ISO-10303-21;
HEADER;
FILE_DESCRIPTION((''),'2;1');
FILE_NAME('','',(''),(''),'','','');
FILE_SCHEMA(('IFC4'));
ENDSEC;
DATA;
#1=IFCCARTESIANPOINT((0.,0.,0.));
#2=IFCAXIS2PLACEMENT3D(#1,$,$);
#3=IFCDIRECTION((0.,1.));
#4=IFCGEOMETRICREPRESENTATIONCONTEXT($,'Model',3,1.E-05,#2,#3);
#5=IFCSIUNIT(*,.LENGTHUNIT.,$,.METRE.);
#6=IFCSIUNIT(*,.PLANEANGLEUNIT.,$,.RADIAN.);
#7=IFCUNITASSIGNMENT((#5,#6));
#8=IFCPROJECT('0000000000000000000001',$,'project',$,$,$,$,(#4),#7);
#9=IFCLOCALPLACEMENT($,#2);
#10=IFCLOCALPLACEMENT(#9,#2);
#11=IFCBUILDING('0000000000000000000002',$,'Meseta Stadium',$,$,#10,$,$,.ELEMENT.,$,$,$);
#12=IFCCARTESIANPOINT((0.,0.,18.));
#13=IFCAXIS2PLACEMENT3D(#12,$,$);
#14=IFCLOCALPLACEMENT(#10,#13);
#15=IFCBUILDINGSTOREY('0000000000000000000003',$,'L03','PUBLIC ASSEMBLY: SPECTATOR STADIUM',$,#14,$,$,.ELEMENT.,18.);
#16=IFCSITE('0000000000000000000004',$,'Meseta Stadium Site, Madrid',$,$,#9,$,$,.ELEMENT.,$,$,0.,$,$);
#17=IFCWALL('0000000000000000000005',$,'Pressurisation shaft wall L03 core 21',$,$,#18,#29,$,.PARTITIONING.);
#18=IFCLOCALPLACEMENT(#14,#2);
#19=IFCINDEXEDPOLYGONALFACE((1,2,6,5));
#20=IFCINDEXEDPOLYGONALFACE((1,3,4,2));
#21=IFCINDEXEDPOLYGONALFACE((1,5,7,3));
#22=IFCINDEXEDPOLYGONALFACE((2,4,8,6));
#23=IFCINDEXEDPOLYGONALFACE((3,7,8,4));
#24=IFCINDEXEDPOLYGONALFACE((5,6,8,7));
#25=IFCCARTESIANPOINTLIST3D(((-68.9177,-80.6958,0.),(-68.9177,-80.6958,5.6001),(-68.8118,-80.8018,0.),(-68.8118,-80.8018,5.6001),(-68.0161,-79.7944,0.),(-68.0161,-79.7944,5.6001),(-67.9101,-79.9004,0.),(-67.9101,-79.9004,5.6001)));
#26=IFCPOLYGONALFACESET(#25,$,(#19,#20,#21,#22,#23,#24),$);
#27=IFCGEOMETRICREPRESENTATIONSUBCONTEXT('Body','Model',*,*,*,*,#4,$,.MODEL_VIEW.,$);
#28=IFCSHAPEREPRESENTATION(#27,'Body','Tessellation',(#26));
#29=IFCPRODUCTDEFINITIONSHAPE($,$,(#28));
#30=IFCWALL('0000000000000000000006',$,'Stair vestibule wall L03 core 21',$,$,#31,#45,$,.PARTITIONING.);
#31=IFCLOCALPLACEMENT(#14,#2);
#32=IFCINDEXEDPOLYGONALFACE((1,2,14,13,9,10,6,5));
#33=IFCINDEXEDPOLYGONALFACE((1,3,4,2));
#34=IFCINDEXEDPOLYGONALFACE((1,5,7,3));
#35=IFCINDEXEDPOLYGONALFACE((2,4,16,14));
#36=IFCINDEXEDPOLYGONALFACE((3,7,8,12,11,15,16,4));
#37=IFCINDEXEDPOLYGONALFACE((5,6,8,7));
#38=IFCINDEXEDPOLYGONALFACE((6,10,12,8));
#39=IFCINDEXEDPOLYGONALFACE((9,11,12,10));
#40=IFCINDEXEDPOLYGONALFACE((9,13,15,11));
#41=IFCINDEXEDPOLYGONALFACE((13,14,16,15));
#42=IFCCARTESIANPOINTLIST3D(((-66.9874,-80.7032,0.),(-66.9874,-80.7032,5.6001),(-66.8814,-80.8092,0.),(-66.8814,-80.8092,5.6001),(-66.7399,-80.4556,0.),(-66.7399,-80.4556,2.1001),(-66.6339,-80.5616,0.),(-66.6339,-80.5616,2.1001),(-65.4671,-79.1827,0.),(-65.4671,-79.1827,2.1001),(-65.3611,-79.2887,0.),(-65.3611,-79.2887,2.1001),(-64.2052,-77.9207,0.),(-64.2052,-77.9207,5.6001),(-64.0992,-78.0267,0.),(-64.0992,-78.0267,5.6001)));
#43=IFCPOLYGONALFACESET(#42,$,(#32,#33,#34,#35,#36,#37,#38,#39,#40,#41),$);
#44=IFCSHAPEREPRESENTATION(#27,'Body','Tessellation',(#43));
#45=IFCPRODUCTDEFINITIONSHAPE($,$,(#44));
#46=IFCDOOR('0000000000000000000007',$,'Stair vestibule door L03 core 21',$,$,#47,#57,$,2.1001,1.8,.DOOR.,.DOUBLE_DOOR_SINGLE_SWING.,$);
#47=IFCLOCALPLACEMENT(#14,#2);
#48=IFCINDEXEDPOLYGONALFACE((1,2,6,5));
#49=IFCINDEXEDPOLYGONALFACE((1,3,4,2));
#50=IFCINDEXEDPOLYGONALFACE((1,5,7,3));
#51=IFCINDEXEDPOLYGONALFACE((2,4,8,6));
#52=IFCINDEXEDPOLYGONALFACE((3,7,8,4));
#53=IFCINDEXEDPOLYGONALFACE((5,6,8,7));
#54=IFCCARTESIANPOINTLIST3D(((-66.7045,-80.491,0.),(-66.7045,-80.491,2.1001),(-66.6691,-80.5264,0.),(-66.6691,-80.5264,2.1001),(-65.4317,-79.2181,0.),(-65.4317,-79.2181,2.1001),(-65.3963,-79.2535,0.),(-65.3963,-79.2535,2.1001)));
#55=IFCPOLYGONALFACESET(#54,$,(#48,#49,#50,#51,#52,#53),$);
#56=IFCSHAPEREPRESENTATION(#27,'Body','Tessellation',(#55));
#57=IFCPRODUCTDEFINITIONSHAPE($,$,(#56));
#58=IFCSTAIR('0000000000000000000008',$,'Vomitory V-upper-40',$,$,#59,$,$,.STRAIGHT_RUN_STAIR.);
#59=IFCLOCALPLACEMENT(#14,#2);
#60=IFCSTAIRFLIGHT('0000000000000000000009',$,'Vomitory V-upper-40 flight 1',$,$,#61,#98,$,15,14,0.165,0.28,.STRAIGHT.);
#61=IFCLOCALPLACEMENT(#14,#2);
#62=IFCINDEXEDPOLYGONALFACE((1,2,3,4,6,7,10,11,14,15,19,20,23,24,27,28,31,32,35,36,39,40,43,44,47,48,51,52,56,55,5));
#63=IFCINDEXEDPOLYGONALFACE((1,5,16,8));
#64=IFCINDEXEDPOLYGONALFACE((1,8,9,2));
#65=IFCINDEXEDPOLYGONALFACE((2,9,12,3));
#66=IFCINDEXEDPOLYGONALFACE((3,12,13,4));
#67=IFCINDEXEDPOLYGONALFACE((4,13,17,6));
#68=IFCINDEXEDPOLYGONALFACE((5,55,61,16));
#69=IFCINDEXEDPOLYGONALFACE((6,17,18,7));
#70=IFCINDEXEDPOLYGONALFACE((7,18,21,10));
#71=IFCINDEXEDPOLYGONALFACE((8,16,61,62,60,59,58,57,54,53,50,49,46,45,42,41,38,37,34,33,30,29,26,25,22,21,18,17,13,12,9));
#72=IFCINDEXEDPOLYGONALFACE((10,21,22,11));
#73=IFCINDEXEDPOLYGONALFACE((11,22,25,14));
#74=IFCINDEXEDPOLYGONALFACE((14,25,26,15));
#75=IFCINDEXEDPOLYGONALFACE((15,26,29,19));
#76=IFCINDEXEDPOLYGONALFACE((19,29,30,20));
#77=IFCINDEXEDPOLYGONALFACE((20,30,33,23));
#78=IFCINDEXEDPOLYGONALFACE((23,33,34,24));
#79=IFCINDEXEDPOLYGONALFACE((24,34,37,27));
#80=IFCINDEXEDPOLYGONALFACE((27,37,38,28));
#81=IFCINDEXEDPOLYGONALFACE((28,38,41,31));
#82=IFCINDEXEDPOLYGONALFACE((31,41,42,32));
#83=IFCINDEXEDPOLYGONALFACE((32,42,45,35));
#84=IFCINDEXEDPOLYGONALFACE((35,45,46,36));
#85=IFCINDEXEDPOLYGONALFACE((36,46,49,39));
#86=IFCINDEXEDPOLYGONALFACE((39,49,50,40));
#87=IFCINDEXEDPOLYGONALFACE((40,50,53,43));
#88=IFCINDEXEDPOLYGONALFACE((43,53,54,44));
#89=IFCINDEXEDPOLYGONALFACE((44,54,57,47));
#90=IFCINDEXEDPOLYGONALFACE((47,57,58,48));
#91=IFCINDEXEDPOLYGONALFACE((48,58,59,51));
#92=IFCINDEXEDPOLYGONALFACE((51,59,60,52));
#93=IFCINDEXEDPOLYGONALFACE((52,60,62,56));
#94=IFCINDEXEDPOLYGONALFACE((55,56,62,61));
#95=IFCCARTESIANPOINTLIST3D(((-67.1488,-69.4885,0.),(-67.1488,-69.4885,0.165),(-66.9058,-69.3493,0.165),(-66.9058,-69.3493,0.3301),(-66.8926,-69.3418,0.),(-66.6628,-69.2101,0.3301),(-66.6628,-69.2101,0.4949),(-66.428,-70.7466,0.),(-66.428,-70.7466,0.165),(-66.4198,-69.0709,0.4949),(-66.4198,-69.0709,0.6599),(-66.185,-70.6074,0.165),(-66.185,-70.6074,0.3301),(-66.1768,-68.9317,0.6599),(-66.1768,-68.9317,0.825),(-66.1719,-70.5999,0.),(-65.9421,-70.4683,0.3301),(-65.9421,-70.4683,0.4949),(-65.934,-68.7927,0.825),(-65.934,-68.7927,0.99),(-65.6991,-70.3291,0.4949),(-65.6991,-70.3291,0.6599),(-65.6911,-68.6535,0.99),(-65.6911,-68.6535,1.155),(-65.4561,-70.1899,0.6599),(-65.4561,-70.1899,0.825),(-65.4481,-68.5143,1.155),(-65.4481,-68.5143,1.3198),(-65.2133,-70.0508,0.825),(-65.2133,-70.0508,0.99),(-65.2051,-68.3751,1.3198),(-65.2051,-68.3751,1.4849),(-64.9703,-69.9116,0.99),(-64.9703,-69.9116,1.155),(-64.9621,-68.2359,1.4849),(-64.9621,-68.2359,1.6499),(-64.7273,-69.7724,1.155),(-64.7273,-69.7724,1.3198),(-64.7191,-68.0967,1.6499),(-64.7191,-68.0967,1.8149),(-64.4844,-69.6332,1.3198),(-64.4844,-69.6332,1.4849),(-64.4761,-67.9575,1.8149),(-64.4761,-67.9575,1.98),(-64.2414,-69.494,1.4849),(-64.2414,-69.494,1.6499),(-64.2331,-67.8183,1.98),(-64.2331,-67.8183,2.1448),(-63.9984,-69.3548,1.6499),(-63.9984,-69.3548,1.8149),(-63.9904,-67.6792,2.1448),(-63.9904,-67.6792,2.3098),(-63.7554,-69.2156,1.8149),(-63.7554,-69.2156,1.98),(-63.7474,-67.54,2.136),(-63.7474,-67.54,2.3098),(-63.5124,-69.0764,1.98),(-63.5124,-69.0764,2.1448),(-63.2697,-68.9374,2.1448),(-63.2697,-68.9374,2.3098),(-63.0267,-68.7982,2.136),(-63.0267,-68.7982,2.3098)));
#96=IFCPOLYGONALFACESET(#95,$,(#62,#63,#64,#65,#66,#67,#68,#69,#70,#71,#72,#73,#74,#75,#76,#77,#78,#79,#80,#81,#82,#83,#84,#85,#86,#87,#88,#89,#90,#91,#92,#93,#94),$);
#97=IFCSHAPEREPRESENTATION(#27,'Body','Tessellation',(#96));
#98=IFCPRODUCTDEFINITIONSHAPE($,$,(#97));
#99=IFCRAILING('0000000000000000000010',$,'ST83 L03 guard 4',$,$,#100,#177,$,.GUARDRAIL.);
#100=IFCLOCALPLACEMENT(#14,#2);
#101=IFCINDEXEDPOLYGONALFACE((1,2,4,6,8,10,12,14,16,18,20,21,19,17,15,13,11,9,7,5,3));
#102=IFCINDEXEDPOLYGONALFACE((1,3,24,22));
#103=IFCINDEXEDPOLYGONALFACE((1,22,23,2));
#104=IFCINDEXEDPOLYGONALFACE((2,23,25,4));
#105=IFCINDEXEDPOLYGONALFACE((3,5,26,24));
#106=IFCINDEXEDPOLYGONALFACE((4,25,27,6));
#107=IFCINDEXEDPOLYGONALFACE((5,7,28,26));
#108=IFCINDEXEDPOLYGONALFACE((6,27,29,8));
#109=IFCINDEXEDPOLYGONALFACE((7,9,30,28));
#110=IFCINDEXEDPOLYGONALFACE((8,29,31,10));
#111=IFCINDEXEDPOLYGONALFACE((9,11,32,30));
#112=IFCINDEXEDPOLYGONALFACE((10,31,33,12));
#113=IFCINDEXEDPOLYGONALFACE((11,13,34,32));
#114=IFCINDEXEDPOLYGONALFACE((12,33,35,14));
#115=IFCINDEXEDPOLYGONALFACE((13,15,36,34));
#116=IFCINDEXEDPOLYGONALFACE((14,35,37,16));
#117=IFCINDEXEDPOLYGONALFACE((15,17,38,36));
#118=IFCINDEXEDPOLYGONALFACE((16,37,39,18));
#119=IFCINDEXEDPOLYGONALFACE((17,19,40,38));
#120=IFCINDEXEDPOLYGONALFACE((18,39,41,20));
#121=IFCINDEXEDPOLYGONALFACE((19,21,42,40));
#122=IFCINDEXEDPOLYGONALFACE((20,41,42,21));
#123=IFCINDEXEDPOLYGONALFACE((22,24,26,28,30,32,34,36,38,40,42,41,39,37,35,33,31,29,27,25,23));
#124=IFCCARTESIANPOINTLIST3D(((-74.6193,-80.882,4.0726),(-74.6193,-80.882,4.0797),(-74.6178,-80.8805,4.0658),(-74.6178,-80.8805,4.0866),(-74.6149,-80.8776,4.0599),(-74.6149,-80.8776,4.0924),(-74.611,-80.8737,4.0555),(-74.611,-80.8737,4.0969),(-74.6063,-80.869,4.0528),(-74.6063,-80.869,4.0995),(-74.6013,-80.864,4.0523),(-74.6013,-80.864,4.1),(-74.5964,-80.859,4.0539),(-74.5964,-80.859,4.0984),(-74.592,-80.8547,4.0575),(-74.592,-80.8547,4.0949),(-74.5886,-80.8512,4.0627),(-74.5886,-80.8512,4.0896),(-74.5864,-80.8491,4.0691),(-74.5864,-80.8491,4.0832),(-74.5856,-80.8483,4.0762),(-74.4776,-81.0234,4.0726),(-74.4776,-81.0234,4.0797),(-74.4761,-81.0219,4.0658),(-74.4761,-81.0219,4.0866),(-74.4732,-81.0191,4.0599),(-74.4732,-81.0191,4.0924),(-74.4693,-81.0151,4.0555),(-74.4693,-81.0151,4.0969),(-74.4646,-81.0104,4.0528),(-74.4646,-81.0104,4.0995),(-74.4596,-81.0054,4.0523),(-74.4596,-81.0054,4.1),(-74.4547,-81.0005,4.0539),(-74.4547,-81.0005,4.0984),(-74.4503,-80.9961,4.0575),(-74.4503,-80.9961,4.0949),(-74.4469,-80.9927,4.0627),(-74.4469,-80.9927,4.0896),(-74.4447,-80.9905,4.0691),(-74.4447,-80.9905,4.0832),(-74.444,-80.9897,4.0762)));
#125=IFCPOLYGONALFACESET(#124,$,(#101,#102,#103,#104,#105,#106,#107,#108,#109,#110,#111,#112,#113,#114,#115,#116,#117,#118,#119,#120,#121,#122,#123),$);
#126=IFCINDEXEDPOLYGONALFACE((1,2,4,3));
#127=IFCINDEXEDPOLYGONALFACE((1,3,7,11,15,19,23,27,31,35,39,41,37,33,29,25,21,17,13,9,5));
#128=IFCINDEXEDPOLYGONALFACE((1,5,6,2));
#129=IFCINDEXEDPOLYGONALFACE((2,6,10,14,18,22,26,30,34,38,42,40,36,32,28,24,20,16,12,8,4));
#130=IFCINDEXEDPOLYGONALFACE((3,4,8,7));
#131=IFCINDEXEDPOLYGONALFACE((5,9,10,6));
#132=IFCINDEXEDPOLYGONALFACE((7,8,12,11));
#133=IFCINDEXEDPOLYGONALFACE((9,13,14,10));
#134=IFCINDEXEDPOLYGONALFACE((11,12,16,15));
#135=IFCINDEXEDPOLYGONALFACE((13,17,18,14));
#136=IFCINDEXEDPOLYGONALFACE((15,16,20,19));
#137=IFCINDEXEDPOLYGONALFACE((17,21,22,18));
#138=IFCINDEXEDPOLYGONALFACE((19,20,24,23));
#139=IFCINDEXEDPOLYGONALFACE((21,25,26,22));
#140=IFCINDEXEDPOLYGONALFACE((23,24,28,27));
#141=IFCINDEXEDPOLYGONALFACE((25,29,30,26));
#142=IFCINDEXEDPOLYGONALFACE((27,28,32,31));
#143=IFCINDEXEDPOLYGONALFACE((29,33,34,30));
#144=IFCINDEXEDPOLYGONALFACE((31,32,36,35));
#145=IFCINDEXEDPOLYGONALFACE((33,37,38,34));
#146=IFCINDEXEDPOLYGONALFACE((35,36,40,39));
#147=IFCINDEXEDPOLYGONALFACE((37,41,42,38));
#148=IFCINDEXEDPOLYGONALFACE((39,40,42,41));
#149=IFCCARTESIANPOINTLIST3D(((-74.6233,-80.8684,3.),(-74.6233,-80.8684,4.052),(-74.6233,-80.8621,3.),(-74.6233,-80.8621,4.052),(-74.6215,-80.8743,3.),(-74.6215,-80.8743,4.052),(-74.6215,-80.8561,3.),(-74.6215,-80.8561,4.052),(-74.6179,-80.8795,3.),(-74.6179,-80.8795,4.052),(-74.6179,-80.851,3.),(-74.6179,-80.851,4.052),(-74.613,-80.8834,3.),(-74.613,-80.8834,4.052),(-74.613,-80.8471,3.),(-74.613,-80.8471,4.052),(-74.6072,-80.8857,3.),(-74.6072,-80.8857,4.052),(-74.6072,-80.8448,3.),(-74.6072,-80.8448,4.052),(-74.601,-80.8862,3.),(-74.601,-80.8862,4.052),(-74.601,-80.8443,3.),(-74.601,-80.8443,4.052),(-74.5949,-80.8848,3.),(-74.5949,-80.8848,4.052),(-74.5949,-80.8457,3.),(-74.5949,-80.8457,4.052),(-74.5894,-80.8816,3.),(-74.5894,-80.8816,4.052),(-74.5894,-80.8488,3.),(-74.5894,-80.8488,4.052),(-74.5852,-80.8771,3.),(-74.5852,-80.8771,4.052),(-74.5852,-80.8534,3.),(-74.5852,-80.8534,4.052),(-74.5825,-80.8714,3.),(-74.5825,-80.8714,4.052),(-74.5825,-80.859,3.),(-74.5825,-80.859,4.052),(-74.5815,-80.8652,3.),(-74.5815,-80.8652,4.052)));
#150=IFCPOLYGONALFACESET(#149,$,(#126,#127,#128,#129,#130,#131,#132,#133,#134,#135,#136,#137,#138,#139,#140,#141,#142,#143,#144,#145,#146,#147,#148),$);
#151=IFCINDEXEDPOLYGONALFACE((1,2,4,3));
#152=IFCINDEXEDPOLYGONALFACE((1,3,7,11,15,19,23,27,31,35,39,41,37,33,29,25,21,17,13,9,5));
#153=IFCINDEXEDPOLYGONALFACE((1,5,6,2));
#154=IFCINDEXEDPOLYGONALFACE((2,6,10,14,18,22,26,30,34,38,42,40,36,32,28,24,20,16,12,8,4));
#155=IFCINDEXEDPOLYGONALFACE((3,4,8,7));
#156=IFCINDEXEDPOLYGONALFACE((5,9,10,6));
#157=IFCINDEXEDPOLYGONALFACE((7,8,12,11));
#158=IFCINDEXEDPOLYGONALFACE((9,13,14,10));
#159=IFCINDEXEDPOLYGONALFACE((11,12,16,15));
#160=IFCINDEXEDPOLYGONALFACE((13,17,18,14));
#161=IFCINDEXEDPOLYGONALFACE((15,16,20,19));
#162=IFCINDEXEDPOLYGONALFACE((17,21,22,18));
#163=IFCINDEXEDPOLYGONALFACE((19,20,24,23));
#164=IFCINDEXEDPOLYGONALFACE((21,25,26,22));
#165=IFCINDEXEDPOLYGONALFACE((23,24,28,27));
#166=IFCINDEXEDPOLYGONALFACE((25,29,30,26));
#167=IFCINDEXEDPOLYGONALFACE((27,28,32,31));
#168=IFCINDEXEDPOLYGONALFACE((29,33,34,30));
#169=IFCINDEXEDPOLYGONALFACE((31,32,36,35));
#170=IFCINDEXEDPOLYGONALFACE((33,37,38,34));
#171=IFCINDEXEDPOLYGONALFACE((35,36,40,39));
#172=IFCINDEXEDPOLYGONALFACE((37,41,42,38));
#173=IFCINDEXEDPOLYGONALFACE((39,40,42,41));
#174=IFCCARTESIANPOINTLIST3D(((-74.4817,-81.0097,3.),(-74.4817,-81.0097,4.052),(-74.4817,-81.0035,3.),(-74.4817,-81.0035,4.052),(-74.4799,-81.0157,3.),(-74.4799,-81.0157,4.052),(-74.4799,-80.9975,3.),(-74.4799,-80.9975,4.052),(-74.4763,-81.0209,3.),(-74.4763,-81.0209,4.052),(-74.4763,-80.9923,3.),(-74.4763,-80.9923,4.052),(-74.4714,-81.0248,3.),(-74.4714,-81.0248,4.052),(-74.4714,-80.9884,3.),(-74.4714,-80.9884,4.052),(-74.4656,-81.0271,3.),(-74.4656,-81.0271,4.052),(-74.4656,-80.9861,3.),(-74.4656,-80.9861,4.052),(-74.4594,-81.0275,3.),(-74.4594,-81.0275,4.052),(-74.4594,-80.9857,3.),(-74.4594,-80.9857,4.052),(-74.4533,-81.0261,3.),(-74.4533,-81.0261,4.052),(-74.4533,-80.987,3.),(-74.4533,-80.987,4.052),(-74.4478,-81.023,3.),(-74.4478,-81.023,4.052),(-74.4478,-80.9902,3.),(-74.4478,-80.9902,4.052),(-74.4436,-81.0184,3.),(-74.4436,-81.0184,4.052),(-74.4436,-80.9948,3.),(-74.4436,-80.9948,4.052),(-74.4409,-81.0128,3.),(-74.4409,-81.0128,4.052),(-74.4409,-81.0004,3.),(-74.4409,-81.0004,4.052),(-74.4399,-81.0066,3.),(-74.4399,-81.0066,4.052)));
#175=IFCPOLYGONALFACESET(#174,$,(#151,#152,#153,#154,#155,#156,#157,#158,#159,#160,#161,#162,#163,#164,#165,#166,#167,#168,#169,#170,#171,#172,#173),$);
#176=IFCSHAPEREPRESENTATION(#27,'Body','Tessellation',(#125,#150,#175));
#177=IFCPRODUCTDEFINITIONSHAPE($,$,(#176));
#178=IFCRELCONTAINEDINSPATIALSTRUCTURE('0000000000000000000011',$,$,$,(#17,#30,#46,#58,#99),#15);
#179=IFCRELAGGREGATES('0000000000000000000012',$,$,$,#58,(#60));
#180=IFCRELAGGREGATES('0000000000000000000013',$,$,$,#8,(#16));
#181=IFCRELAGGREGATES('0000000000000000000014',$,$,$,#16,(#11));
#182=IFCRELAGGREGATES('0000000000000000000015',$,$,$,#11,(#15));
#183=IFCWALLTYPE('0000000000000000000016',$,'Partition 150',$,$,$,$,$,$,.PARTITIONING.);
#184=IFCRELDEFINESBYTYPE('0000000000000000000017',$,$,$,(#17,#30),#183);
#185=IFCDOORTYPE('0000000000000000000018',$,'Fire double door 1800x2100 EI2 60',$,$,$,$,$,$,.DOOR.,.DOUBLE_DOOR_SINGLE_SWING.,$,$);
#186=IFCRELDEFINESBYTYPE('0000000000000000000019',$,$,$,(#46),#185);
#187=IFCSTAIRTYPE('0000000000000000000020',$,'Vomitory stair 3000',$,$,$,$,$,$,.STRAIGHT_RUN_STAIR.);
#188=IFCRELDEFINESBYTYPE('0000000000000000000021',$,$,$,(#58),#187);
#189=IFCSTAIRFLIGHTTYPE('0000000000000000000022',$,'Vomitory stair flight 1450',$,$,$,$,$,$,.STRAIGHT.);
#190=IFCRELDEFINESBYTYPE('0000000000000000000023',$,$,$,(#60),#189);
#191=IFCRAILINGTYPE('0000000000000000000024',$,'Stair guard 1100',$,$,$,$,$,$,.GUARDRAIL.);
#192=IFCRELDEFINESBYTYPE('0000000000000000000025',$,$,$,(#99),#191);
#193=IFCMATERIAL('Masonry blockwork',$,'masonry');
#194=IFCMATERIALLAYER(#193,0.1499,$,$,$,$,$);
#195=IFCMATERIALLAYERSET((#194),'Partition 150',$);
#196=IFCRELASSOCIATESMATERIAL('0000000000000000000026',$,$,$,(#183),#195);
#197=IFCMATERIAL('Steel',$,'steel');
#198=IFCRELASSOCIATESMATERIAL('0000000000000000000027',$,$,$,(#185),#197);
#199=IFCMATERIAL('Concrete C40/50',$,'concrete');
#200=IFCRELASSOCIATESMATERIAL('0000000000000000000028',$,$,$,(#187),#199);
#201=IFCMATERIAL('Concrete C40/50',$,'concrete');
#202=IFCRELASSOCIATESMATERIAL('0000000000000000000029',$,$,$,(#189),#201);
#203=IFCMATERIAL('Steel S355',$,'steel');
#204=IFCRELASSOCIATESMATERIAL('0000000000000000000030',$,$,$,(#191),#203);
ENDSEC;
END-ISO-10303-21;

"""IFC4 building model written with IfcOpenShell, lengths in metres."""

from ifc_helpers import new_model, si_unit, direction, frame, frame_2d, origin, origin_2d, place, context, subcontext, project, spatial, polyline, rectangle, circle, outline, extrude, material, layer, layer_set, type_object, element, fill, aggregate, save


model = new_model("IFC4")

# Units and contexts
model_context = context("Model", 3, precision=1e-05, world=origin(), true_north=direction((0.0, 1.0)))
body_context = subcontext(model_context, "Body", "Model", "MODEL_VIEW")
ifc_project = project(units=[si_unit("LENGTHUNIT", "METRE"), si_unit("PLANEANGLEUNIT", "RADIAN")], contexts=[model_context])

# Site, building, storey
site_placement = place(None, origin())
site = spatial("IfcSite", under=ifc_project, at=site_placement, Name="Meseta Stadium Site, Madrid", CompositionType="ELEMENT", RefElevation=0.0)
building_placement = place(site_placement, origin())
building = spatial("IfcBuilding", under=site, at=building_placement, Name="Meseta Stadium", CompositionType="ELEMENT")
storey_placement = place(building_placement, frame((0.0, 0.0, 18.0)))
storey = spatial("IfcBuildingStorey", under=building, at=storey_placement, Name="L03", Description="PUBLIC ASSEMBLY: SPECTATOR STADIUM", CompositionType="ELEMENT", Elevation=18.0)

# Wall
ifc_material_1 = material(Name="Masonry blockwork", Category="masonry")
ifc_layer_1 = layer(ifc_material_1, 0.1499)
ifc_layer_set_1 = layer_set([ifc_layer_1], Name="Partition 150")
wall_type_1 = type_object("IfcWallType", Name="Partition 150", PredefinedType="PARTITIONING", material=ifc_layer_set_1)
wall_1_placement = place(storey_placement, frame((-67.9631, -79.8474, 0.0), z_axis=(0.0, 0.0, 1.0), x_axis=(-0.707203, -0.707011, 0.0)))
element("IfcWall", 1, at=wall_1_placement, inside=storey, type_object=wall_type_1, Name="Pressurisation shaft wall L03 core 21", PredefinedType="PARTITIONING", context=body_context, shape_type="SweptSolid", body=[
    extrude(rectangle(XDim=1.2749, YDim=0.1499, at=frame_2d((0.6375, 0.0))), origin(), (0.0, 0.0, 1.0), 5.6001),
])

# Wall, opening, door
wall_2_placement = place(storey_placement, frame((-66.9343, -80.7561, 0.0), z_axis=(0.0, 0.0, 1.0), x_axis=(0.707076, 0.707138, 0.0)))
wall_2 = element("IfcWall", 2, at=wall_2_placement, inside=storey, type_object=wall_type_1, Name="Stair vestibule wall L03 core 21", PredefinedType="PARTITIONING", context=body_context, shape_type="SweptSolid", body=[
    extrude(rectangle(XDim=3.9348, YDim=0.1499, at=frame_2d((1.9673, 0.0))), origin(), (0.0, 0.0, 1.0), 5.6001),
])
opening_1_placement = place(wall_2_placement, frame((0.3501, 0.0, 0.0)))
opening_1 = element("IfcOpeningElement", 3, at=opening_1_placement, cuts=wall_2, PredefinedType="OPENING", context=body_context, shape_type="SweptSolid", body=[
    extrude(rectangle(XDim=1.8, YDim=2.1001, at=frame_2d((0.8999, 1.05))), frame((0.0, 0.085, 0.0), z_axis=(0.0, -1.0, 0.0), x_axis=(1.0, 0.0, 0.0)), (0.0, 0.0, 1.0), 0.1699),
])
ifc_material_2 = material(Name="Steel", Category="steel")
door_type_1 = type_object("IfcDoorType", Name="Fire double door 1800x2100 EI2 60", OperationType="DOUBLE_DOOR_SINGLE_SWING", PredefinedType="DOOR", material=ifc_material_2)
door_1_placement = place(opening_1_placement, origin())
door_1 = element("IfcDoor", 4, at=door_1_placement, inside=storey, type_object=door_type_1, Name="Stair vestibule door L03 core 21", OperationType="DOUBLE_DOOR_SINGLE_SWING", OverallHeight=2.1001, OverallWidth=1.8, PredefinedType="DOOR", context=body_context, shape_type="SweptSolid", body=[
    extrude(rectangle(XDim=1.8, YDim=2.1001, at=frame_2d((0.8999, 1.05))), frame((0.0, 0.0249, 0.0), z_axis=(0.0, -1.0, 0.0), x_axis=(1.0, 0.0, 0.0)), (0.0, 0.0, 1.0), 0.05),
])
fill(opening_1, door_1)

# Stair, stair flight
ifc_material_3 = material(Name="Concrete C40/50", Category="concrete")
stair_type = type_object("IfcStairType", Name="Vomitory stair 3000", PredefinedType="STRAIGHT_RUN_STAIR", material=ifc_material_3)
stair_placement = place(storey_placement, origin())
stair = element("IfcStair", 5, at=stair_placement, inside=storey, type_object=stair_type, Name="Vomitory V-upper-40", PredefinedType="STRAIGHT_RUN_STAIR")
ifc_material_4 = material(Name="Concrete C40/50", Category="concrete")
stair_flight_type = type_object("IfcStairFlightType", Name="Vomitory stair flight 1450", PredefinedType="STRAIGHT", material=ifc_material_4)
stair_flight_placement = place(storey_placement, frame((-66.7883, -70.1177, 0.0), z_axis=(0.0, 0.0, 1.0), x_axis=(0.867712, 0.497068, 0.0)))
stair_flight = element("IfcStairFlight", 6, at=stair_flight_placement, type_object=stair_flight_type, Name="Vomitory V-upper-40 flight 1", NumberOfRisers=15, NumberOfTreads=14, PredefinedType="STRAIGHT", RiserHeight=0.165, TreadLength=0.28, context=body_context, shape_type="SweptSolid", body=[
    extrude(outline(polyline([(0.0, 0.0), (0.0, 0.165), (0.28, 0.165), (0.28, 0.3301), (0.5601, 0.3301), (0.5601, 0.4949), (0.8401, 0.4949), (0.8401, 0.6599), (1.1201, 0.6599), (1.1201, 0.825), (1.3999, 0.825), (1.3999, 0.99), (1.6799, 0.99), (1.6799, 1.155), (1.96, 1.155), (1.96, 1.3198), (2.24, 1.3198), (2.24, 1.4849), (2.52, 1.4849), (2.52, 1.6499), (2.8, 1.6499), (2.8, 1.8149), (3.0801, 1.8149), (3.0801, 1.98), (3.3601, 1.98), (3.3601, 2.1448), (3.6399, 2.1448), (3.6399, 2.3098), (3.9199, 2.3098), (3.9199, 2.136), (0.2952, 0.0), (0.0, 0.0)])), frame((0.0, 0.7251, 0.0), z_axis=(0.0, -1.0, 0.0), x_axis=(1.0, 0.0, 0.0)), (0.0, 0.0, 1.0), 1.45),
])
aggregate(stair, [stair_flight])

# Railing
ifc_material_5 = material(Name="Steel S355", Category="steel")
railing_type_1 = type_object("IfcRailingType", Name="Stair guard 1100", PredefinedType="GUARDRAIL", material=ifc_material_5)
railing_1_placement = place(storey_placement, frame((-74.6025, -80.8652, 3.0)))
element("IfcRailing", 7, at=railing_1_placement, inside=storey, type_object=railing_type_1, Name="ST83 L03 guard 4", PredefinedType="GUARDRAIL", context=body_context, shape_type="SweptSolid", body=[
    extrude(circle(Radius=0.0239, at=origin_2d()), frame((0.0, 0.0, 1.0762), z_axis=(0.707717, -0.706496, 0.0), x_axis=(0.706496, 0.707717, 0.0)), (0.0, 0.0, 1.0), 0.2002),
    extrude(circle(Radius=0.021, at=origin_2d()), origin(), (0.0, 0.0, 1.0), 1.052),
    extrude(circle(Radius=0.021, at=origin_2d()), frame((0.1416, -0.1414, 0.0)), (0.0, 0.0, 1.0), 1.052),
])

save(model, "model.ifc")
